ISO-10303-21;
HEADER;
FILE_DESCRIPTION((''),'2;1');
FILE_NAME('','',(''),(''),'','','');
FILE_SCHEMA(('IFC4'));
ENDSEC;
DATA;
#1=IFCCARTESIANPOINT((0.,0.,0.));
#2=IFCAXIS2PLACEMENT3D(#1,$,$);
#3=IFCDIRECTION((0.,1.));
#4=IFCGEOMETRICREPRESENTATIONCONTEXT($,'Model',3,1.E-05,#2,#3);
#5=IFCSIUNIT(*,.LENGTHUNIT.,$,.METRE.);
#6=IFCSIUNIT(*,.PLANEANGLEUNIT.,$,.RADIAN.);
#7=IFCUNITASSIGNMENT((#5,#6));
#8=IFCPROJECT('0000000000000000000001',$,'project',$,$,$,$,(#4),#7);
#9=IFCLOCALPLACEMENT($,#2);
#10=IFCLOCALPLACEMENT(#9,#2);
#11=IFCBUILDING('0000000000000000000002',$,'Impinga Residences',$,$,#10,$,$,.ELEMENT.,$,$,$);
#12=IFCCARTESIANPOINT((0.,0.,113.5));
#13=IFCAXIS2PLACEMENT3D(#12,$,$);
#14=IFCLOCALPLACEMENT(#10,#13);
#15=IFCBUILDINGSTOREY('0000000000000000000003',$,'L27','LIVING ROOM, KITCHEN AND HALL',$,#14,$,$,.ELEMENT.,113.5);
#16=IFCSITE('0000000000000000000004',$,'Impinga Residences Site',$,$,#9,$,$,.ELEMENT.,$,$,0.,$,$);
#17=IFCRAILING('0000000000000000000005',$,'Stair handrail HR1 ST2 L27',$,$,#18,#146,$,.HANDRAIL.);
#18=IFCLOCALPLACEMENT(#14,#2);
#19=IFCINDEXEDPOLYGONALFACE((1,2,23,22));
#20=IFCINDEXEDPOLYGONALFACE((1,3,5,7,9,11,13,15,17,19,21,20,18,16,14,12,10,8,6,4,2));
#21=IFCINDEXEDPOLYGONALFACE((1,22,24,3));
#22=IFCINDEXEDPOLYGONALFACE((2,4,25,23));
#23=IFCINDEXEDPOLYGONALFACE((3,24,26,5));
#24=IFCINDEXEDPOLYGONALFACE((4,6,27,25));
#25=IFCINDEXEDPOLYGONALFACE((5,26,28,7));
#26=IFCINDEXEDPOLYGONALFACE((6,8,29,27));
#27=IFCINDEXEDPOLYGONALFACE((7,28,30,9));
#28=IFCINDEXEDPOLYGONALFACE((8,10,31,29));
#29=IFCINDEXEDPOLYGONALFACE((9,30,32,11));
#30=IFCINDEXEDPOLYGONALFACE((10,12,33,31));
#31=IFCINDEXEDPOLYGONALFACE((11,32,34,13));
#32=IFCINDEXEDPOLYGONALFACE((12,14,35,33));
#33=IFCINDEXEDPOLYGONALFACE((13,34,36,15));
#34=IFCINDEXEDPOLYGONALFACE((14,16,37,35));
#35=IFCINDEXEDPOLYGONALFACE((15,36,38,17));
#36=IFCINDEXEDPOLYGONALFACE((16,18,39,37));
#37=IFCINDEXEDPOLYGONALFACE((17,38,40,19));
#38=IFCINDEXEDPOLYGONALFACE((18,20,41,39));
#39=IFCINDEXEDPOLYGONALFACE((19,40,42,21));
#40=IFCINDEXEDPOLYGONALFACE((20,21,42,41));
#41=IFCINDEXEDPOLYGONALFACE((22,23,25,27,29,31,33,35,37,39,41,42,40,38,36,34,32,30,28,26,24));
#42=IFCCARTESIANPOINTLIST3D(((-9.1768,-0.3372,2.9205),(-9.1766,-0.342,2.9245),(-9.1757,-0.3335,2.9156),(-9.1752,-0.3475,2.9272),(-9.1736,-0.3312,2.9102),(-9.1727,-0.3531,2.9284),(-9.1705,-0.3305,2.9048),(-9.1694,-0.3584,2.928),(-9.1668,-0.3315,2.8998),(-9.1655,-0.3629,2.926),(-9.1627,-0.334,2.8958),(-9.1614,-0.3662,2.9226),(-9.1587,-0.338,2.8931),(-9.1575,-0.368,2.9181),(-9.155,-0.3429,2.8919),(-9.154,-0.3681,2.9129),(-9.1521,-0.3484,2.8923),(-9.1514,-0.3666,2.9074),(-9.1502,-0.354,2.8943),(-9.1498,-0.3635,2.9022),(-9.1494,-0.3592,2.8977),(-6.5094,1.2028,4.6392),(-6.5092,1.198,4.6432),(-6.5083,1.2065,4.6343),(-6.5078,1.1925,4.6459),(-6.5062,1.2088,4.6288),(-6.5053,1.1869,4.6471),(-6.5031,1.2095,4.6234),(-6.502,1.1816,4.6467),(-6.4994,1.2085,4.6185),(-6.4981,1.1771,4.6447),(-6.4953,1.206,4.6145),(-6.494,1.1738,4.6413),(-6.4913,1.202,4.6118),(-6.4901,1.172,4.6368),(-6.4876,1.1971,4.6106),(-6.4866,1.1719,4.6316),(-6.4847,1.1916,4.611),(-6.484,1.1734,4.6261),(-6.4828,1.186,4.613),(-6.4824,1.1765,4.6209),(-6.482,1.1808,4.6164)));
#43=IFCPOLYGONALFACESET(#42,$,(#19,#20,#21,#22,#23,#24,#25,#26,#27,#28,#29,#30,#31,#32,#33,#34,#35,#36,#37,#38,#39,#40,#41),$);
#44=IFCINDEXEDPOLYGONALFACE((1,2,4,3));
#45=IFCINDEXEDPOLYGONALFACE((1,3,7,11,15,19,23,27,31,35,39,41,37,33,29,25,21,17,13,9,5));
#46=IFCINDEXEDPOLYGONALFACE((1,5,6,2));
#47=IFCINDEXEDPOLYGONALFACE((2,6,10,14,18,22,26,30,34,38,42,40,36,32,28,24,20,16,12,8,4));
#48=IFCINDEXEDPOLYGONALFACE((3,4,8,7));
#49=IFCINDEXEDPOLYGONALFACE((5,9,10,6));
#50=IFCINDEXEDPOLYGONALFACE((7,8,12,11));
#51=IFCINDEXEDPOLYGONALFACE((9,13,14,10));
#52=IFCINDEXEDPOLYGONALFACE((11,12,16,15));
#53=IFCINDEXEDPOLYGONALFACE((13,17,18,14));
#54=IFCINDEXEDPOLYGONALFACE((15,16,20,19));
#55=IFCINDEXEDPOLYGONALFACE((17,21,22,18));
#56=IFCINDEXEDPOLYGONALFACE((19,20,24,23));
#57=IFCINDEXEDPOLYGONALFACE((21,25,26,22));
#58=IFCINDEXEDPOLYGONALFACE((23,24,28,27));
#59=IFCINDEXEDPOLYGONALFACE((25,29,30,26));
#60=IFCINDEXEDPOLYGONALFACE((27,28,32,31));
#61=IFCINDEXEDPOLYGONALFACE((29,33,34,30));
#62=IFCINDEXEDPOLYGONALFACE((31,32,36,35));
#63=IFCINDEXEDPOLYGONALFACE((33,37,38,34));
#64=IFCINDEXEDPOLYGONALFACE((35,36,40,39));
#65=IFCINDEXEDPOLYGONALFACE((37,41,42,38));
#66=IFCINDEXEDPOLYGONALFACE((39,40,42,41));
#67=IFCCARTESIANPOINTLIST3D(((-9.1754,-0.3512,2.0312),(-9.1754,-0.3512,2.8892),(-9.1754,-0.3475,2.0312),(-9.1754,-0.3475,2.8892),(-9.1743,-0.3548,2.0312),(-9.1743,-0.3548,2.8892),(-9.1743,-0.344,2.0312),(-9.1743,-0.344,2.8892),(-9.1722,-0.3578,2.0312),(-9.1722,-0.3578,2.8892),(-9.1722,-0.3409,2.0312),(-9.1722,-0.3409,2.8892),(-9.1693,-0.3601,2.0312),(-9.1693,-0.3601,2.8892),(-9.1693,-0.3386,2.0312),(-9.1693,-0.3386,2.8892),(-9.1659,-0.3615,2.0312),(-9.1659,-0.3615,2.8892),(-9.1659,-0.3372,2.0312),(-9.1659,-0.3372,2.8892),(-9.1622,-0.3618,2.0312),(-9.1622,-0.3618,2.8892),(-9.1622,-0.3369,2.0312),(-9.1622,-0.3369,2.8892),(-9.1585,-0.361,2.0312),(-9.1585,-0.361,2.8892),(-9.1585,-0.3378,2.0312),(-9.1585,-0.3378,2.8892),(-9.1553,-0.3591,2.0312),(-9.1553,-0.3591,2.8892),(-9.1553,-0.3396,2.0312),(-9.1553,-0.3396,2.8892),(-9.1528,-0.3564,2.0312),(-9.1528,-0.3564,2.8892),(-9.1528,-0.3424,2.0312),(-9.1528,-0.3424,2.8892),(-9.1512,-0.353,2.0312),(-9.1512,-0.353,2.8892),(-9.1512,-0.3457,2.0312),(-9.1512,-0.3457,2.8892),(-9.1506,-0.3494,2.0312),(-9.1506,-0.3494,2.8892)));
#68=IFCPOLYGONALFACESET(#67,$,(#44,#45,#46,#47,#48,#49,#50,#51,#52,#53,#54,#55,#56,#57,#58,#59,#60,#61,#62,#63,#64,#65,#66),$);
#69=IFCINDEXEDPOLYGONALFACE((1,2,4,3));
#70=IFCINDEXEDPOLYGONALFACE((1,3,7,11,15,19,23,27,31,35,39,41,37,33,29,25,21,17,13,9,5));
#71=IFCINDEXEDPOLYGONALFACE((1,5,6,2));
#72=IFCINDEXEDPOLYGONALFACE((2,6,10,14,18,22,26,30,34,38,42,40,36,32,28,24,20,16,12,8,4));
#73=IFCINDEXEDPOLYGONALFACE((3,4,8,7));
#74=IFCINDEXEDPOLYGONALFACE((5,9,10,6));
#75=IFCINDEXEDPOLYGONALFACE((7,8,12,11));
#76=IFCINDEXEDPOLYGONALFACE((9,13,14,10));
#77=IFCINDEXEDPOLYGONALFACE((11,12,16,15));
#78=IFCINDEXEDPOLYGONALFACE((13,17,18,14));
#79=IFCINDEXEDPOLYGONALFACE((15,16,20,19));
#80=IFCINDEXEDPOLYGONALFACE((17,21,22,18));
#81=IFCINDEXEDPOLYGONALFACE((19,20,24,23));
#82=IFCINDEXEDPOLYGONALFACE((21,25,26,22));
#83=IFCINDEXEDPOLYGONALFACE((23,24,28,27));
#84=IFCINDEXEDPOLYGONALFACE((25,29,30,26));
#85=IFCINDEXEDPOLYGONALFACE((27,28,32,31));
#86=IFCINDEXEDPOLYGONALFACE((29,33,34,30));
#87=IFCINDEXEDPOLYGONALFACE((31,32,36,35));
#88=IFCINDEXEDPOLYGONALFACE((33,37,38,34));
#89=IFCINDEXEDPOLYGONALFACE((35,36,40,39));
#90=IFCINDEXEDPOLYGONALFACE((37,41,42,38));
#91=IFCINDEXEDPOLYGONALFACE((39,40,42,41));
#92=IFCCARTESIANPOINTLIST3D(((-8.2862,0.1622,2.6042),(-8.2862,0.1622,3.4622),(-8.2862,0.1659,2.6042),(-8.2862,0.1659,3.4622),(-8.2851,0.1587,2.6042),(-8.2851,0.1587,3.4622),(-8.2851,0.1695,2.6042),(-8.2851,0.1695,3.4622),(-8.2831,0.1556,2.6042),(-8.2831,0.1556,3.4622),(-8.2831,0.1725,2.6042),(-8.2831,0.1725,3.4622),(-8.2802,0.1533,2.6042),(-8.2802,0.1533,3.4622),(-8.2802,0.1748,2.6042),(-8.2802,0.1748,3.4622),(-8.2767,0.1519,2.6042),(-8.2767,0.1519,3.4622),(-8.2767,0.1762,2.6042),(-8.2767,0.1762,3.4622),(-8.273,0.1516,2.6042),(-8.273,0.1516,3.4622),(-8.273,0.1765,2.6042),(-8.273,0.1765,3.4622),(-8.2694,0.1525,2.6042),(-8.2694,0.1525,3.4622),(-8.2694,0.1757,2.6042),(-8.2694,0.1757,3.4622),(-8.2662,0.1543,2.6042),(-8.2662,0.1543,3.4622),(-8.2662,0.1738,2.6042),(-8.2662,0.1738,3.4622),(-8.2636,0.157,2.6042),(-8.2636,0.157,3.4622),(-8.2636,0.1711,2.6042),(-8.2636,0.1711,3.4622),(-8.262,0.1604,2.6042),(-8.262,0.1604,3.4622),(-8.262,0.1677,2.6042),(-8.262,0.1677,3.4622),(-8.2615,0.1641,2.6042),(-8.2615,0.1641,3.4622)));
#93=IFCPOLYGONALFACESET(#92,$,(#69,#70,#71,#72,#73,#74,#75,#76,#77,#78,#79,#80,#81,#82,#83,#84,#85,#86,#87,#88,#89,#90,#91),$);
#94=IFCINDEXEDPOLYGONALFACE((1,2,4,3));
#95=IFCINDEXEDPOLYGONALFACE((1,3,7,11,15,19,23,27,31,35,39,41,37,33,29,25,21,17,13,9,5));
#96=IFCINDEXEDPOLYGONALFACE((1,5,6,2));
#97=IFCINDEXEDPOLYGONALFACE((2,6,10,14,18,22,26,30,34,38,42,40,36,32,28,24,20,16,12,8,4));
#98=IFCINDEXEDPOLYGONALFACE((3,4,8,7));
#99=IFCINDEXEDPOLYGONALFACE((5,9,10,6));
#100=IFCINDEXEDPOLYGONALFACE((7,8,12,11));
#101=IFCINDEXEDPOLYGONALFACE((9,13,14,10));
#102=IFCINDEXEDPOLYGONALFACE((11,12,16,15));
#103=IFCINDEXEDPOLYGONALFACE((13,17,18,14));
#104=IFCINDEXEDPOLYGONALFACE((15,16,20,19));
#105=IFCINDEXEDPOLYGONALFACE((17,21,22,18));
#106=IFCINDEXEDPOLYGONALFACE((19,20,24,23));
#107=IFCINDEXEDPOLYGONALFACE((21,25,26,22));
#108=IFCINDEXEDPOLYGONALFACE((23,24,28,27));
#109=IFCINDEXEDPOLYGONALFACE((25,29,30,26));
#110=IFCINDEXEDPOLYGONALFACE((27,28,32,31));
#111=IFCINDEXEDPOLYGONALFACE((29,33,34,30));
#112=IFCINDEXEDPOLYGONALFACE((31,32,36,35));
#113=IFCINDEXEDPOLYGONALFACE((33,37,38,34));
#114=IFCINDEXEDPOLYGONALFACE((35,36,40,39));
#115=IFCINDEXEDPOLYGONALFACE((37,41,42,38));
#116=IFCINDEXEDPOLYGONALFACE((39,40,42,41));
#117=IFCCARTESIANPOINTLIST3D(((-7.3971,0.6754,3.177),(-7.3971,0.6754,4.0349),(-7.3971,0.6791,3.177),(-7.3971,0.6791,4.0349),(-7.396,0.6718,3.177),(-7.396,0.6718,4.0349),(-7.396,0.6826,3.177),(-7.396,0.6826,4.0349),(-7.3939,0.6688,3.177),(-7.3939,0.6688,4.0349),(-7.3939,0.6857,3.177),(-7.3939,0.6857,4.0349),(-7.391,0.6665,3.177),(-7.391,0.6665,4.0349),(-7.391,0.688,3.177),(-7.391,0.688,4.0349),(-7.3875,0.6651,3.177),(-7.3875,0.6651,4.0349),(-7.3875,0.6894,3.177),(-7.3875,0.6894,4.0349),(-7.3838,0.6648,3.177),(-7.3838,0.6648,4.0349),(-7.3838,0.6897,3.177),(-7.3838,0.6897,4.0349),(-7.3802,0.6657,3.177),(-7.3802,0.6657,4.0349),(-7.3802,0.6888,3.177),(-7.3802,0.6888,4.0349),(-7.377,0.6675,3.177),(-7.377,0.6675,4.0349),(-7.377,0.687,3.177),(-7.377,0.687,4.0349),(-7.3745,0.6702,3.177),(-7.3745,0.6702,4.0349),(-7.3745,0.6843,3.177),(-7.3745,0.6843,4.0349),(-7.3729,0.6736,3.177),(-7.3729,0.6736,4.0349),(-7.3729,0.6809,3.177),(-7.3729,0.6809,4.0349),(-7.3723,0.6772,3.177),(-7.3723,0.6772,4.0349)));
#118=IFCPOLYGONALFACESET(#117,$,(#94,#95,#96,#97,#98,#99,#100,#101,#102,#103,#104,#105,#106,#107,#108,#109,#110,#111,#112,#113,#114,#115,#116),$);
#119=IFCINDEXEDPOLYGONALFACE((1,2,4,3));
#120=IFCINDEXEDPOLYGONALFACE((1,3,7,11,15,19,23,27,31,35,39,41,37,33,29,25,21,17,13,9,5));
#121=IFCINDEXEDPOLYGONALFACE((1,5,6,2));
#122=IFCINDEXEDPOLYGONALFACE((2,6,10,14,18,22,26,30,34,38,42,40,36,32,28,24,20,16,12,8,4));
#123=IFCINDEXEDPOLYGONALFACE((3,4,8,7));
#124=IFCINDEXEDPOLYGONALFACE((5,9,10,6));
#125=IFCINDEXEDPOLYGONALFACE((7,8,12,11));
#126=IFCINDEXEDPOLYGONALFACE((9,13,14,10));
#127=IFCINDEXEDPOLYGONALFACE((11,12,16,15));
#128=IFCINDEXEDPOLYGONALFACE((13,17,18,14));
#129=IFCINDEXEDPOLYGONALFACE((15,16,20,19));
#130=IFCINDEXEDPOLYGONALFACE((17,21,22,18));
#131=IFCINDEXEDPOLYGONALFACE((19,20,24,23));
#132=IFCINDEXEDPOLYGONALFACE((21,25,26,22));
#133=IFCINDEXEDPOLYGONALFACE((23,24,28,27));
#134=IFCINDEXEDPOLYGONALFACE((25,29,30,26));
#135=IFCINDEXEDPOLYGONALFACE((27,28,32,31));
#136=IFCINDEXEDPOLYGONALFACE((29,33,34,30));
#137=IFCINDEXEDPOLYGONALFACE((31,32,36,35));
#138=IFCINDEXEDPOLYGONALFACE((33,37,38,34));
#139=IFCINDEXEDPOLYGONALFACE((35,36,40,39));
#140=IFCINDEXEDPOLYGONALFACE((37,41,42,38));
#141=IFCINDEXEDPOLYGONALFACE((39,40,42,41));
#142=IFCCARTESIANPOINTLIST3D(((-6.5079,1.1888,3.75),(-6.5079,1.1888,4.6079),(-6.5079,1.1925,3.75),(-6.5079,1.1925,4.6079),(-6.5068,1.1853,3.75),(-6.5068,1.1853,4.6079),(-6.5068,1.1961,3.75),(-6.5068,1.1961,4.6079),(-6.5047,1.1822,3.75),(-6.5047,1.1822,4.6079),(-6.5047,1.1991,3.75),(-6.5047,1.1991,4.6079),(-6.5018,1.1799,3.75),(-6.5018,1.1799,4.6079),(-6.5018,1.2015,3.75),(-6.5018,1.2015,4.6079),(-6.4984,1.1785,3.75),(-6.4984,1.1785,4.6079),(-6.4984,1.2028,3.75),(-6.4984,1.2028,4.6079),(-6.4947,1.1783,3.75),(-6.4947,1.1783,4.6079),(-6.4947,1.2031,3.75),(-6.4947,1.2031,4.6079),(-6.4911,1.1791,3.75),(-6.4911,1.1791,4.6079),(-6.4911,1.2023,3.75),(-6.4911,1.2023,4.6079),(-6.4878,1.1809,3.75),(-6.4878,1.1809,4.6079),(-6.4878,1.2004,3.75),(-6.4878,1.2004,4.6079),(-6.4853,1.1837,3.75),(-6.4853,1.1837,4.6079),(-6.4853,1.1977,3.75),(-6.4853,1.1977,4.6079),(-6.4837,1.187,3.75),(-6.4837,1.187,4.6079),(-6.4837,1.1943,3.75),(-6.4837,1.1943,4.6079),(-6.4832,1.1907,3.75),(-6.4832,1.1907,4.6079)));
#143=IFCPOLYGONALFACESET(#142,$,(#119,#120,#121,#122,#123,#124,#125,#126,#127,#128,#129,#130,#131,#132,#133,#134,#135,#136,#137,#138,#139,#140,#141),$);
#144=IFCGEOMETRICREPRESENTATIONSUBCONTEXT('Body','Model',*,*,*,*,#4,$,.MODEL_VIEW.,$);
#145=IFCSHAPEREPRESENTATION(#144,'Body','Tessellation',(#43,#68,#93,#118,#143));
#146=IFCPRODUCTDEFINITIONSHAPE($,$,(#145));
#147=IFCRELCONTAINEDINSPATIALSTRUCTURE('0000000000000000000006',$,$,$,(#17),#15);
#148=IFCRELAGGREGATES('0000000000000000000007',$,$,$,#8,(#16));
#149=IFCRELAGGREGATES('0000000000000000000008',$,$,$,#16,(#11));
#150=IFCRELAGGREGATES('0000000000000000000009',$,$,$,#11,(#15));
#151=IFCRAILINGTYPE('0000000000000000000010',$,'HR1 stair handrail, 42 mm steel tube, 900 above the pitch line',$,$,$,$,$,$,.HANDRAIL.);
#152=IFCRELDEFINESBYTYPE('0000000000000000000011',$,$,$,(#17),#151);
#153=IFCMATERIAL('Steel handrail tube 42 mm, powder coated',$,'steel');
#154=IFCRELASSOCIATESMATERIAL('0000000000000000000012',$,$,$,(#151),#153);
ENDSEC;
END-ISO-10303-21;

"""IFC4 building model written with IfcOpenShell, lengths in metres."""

from ifc_helpers import new_model, si_unit, direction, frame, origin, origin_2d, place, context, subcontext, project, spatial, circle, extrude, material, type_object, element, save


model = new_model("IFC4")

# Units and contexts
model_context = context("Model", 3, precision=1e-05, world=origin(), true_north=direction((0.0, 1.0)))
body_context = subcontext(model_context, "Body", "Model", "MODEL_VIEW")
ifc_project = project(units=[si_unit("LENGTHUNIT", "METRE"), si_unit("PLANEANGLEUNIT", "RADIAN")], contexts=[model_context])

# Site, building, storey
site_placement = place(None, origin())
site = spatial("IfcSite", under=ifc_project, at=site_placement, Name="Impinga Residences Site", CompositionType="ELEMENT", RefElevation=0.0)
building_placement = place(site_placement, origin())
building = spatial("IfcBuilding", under=site, at=building_placement, Name="Impinga Residences", CompositionType="ELEMENT")
storey_placement = place(building_placement, frame((0.0, 0.0, 113.5)))
storey = spatial("IfcBuildingStorey", under=building, at=storey_placement, Name="L27", Description="LIVING ROOM, KITCHEN AND HALL", CompositionType="ELEMENT", Elevation=113.5)

# Railing
ifc_material_1 = material(Name="Steel handrail tube 42 mm, powder coated", Category="steel")
railing_type = type_object("IfcRailingType", Name="HR1 stair handrail, 42 mm steel tube, 900 above the pitch line", PredefinedType="HANDRAIL", material=ifc_material_1)
railing_placement = place(storey_placement, frame((-9.1631, -0.3494, 2.0312)))
element("IfcRailing", 1, at=railing_placement, inside=storey, type_object=railing_type, Name="Stair handrail HR1 ST2 L27", PredefinedType="HANDRAIL", context=body_context, shape_type="SweptSolid", body=[
    extrude(circle(Radius=0.021, at=origin_2d()), frame((0.0, 0.0, 0.8789), z_axis=(0.756256, 0.436616, 0.487282), x_axis=(-0.499992, 0.86603, 0.0)), (0.0, 0.0, 1.0), 3.5271),
    extrude(circle(Radius=0.0125, at=origin_2d()), origin(), (0.0, 0.0, 1.0), 0.8579),
    extrude(circle(Radius=0.0125, at=origin_2d()), frame((0.8892, 0.5134, 0.573)), (0.0, 0.0, 1.0), 0.8579),
    extrude(circle(Radius=0.0125, at=origin_2d()), frame((1.7783, 1.0266, 1.1458)), (0.0, 0.0, 1.0), 0.8579),
    extrude(circle(Radius=0.0125, at=origin_2d()), frame((2.6675, 1.54, 1.7188)), (0.0, 0.0, 1.0), 0.8579),
])

save(model, "model.ifc")
